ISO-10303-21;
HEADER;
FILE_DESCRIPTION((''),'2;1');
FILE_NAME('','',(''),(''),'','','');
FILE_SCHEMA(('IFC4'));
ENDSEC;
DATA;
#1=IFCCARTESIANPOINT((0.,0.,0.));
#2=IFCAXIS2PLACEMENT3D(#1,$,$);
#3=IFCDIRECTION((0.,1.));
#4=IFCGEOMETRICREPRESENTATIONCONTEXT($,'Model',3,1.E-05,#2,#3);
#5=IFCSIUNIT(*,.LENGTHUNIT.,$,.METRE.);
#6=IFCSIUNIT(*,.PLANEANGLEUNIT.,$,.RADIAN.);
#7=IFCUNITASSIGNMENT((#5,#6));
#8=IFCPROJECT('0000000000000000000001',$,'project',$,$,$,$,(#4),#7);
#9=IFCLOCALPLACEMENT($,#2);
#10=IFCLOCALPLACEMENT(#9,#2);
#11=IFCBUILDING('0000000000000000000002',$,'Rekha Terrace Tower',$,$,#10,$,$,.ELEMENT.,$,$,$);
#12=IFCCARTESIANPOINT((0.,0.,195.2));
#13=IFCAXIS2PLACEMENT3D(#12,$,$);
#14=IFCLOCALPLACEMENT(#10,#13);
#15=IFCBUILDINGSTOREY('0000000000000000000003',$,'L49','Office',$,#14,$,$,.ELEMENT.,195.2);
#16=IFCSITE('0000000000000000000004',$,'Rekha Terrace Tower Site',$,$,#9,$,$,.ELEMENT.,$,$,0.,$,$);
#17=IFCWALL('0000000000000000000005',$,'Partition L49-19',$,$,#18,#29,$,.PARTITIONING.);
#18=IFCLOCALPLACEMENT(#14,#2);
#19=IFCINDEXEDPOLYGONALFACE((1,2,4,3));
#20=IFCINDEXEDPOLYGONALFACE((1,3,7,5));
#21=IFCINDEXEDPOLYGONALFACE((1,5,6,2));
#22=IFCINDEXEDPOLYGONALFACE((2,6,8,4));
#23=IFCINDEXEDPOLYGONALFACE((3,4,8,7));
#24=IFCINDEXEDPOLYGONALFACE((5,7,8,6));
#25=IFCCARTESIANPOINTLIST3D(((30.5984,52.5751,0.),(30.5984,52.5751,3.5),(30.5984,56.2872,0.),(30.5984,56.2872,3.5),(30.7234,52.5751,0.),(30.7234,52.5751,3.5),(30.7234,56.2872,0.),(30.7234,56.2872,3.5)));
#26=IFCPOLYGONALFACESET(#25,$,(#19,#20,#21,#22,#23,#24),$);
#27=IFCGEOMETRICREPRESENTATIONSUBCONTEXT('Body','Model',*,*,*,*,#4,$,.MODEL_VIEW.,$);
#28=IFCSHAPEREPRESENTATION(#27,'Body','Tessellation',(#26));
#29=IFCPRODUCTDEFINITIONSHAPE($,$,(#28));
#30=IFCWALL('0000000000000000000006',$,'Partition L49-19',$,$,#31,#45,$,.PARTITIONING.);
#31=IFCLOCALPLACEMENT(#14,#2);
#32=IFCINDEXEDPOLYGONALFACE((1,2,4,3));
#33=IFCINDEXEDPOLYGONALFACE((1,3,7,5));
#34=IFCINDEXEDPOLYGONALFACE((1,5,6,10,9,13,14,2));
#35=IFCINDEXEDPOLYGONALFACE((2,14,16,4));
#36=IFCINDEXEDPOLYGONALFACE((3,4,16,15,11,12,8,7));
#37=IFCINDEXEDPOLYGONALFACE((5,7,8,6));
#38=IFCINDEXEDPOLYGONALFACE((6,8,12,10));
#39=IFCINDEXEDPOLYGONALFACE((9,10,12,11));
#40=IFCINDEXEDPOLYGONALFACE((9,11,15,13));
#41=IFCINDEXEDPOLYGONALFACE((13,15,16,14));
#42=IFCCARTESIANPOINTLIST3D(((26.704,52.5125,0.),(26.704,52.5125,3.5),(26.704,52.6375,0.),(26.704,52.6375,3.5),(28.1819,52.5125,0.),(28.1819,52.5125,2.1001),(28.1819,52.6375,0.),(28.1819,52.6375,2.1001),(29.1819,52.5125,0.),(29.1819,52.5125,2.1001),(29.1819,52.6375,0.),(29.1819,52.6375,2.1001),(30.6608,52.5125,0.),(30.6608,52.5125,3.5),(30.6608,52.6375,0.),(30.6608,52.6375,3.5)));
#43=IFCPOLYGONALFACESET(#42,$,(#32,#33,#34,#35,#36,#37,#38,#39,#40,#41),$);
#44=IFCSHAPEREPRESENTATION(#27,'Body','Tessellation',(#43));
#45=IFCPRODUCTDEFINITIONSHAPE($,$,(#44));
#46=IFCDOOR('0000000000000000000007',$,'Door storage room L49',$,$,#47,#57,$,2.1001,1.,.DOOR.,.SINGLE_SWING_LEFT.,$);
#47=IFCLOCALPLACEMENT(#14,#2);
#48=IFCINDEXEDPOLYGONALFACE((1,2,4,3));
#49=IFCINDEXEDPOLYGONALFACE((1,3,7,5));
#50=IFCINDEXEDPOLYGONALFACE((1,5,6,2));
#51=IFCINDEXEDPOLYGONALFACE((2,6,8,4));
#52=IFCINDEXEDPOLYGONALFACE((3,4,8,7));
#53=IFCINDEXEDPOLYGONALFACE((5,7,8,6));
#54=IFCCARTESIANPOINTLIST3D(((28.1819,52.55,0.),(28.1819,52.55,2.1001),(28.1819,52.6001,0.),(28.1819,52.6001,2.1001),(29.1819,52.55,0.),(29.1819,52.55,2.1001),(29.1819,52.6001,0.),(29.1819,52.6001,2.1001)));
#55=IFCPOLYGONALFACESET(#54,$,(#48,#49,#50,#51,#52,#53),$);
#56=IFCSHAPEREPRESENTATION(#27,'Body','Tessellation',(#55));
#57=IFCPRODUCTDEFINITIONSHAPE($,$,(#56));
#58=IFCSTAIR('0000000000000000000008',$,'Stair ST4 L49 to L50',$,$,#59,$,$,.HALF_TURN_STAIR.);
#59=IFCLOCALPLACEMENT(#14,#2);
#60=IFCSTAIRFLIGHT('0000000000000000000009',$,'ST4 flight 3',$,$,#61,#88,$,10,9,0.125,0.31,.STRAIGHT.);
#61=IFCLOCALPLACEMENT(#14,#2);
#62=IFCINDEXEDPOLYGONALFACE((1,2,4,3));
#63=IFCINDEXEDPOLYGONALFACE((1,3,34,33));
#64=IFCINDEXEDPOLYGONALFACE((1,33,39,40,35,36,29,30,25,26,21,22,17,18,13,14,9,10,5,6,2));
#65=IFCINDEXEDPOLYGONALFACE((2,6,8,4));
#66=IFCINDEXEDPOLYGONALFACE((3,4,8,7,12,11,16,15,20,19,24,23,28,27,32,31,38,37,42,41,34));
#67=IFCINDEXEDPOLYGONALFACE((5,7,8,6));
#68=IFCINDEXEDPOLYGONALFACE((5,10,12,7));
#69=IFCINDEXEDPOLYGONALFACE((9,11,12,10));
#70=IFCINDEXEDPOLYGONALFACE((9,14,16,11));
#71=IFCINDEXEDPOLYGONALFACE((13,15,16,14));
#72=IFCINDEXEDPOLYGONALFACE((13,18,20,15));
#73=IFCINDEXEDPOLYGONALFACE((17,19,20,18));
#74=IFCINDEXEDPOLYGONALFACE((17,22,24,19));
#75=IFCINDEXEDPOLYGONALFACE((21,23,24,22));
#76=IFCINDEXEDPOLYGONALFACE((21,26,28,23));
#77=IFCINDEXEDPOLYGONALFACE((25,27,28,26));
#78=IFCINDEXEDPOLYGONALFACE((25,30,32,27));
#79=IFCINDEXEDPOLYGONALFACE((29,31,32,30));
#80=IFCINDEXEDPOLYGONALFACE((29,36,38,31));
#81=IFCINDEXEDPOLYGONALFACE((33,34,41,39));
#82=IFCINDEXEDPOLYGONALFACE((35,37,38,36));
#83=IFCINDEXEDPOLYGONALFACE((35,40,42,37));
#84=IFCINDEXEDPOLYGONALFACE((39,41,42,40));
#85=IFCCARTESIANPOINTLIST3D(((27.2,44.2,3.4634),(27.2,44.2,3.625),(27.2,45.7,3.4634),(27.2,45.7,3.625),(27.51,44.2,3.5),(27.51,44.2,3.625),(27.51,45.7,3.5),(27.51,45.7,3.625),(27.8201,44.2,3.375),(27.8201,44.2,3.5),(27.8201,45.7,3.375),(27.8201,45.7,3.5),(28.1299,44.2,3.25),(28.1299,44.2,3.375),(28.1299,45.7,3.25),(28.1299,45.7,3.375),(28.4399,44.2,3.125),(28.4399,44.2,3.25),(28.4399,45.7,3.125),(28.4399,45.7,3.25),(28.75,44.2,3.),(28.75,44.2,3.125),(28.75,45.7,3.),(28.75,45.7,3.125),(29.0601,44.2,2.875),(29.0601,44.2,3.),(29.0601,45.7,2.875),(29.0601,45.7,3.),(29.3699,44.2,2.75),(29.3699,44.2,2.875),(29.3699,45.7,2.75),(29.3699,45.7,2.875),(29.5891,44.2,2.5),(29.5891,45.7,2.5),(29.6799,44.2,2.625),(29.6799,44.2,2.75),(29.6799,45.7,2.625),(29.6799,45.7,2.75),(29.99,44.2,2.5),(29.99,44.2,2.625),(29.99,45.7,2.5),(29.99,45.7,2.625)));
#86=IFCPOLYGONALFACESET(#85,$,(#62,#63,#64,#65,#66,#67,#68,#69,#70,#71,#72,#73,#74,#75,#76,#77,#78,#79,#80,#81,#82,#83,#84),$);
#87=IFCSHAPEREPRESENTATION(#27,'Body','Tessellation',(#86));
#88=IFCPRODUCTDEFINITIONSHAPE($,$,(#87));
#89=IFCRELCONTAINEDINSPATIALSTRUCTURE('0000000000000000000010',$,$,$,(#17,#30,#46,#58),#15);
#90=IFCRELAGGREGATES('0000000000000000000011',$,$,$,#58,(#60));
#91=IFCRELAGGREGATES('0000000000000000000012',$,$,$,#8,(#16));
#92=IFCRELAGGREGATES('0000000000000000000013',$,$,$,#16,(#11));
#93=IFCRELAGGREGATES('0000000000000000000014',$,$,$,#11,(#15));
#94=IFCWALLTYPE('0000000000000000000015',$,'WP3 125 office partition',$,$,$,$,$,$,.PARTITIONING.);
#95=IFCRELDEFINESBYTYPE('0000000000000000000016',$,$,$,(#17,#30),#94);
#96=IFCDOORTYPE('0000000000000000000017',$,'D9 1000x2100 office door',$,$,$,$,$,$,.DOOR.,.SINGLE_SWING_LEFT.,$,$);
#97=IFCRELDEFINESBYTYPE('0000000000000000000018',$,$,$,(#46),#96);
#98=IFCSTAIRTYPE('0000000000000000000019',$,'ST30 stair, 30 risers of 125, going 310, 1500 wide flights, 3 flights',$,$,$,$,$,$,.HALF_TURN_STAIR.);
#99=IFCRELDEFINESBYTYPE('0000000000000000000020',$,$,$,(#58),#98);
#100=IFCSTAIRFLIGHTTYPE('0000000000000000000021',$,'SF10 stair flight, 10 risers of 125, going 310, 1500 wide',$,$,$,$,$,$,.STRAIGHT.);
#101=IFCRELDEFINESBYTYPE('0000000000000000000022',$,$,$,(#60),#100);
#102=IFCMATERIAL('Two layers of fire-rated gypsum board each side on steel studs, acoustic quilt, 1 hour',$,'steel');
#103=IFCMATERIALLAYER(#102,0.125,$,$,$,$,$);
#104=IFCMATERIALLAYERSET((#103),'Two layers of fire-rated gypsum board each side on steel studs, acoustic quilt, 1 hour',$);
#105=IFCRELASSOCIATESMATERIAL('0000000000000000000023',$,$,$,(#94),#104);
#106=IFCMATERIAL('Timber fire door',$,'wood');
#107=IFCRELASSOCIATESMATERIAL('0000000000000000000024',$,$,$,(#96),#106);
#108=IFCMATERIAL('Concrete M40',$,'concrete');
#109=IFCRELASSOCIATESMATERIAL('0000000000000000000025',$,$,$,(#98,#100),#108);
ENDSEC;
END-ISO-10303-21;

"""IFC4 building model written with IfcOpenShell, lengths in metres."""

from ifc_helpers import new_model, si_unit, direction, frame, frame_2d, origin, place, context, subcontext, project, spatial, polyline, rectangle, outline, extrude, material, layer, layer_set, type_object, element, fill, aggregate, save


model = new_model("IFC4")

# Units and contexts
model_context = context("Model", 3, precision=1e-05, world=origin(), true_north=direction((0.0, 1.0)))
body_context = subcontext(model_context, "Body", "Model", "MODEL_VIEW")
ifc_project = project(units=[si_unit("LENGTHUNIT", "METRE"), si_unit("PLANEANGLEUNIT", "RADIAN")], contexts=[model_context])

# Site, building, storey
site_placement = place(None, origin())
site = spatial("IfcSite", under=ifc_project, at=site_placement, Name="Rekha Terrace Tower Site", CompositionType="ELEMENT", RefElevation=0.0)
building_placement = place(site_placement, origin())
building = spatial("IfcBuilding", under=site, at=building_placement, Name="Rekha Terrace Tower", CompositionType="ELEMENT")
storey_placement = place(building_placement, frame((0.0, 0.0, 195.2)))
storey = spatial("IfcBuildingStorey", under=building, at=storey_placement, Name="L49", Description="Office", CompositionType="ELEMENT", Elevation=195.2)

# Shared definitions
ifc_material_1 = material(Name="Two layers of fire-rated gypsum board each side on steel studs, acoustic quilt, 1 hour", Category="steel")
ifc_layer_1 = layer(ifc_material_1, 0.125)
ifc_layer_set_1 = layer_set([ifc_layer_1], Name="Two layers of fire-rated gypsum board each side on steel studs, acoustic quilt, 1 hour")
wall_type_1 = type_object("IfcWallType", Name="WP3 125 office partition", PredefinedType="PARTITIONING", material=ifc_layer_set_1)

# Shared definitions
ifc_material_2 = material(Name="Timber fire door", Category="wood")
door_type_1 = type_object("IfcDoorType", Name="D9 1000x2100 office door", OperationType="SINGLE_SWING_LEFT", PredefinedType="DOOR", material=ifc_material_2)

# Wall
wall_1_placement = place(storey_placement, frame((30.6609, 56.2871, 0.0), z_axis=(0.0, 0.0, 1.0), x_axis=(0.0, -1.0, 0.0)))
element("IfcWall", 1, at=wall_1_placement, inside=storey, type_object=wall_type_1, Name="Partition L49-19", PredefinedType="PARTITIONING", context=body_context, shape_type="SweptSolid", body=[
    extrude(rectangle(XDim=3.7122, YDim=0.125, at=frame_2d((1.856, 0.0))), origin(), (0.0, 0.0, 1.0), 3.5),
])

# Wall, opening, door
wall_2_placement = place(storey_placement, frame((30.6609, 52.575, 0.0), z_axis=(0.0, 0.0, 1.0), x_axis=(-1.0, 0.0, 0.0)))
wall_2 = element("IfcWall", 2, at=wall_2_placement, inside=storey, type_object=wall_type_1, Name="Partition L49-19", PredefinedType="PARTITIONING", context=body_context, shape_type="SweptSolid", body=[
    extrude(rectangle(XDim=3.9568, YDim=0.125, at=frame_2d((1.9785, 0.0))), origin(), (0.0, 0.0, 1.0), 3.5),
])
opening_1_placement = place(wall_2_placement, frame((1.479, 0.0, 0.0)))
opening_1 = element("IfcOpeningElement", 3, at=opening_1_placement, cuts=wall_2, PredefinedType="OPENING", context=body_context, shape_type="SweptSolid", body=[
    extrude(rectangle(XDim=1.0, YDim=2.1001, at=frame_2d((0.5, 1.05))), frame((0.0, 0.0725, 0.0), z_axis=(0.0, -1.0, 0.0), x_axis=(1.0, 0.0, 0.0)), (0.0, 0.0, 1.0), 0.145),
])
door_1_placement = place(opening_1_placement, origin())
door_1 = element("IfcDoor", 4, at=door_1_placement, inside=storey, type_object=door_type_1, Name="Door storage room L49", OperationType="SINGLE_SWING_LEFT", OverallHeight=2.1001, OverallWidth=1.0, PredefinedType="DOOR", context=body_context, shape_type="SweptSolid", body=[
    extrude(rectangle(XDim=1.0, YDim=2.1001, at=frame_2d((0.5, 1.05))), frame((0.0, 0.0249, 0.0), z_axis=(0.0, -1.0, 0.0), x_axis=(1.0, 0.0, 0.0)), (0.0, 0.0, 1.0), 0.05),
])
fill(opening_1, door_1)

# Stair, stair flight
ifc_material_3 = material(Name="Concrete M40", Category="concrete")
stair_type = type_object("IfcStairType", Name="ST30 stair, 30 risers of 125, going 310, 1500 wide flights, 3 flights", PredefinedType="HALF_TURN_STAIR", material=ifc_material_3)
stair_placement = place(storey_placement, origin())
stair = element("IfcStair", 5, at=stair_placement, inside=storey, type_object=stair_type, Name="Stair ST4 L49 to L50", PredefinedType="HALF_TURN_STAIR")
stair_flight_type = type_object("IfcStairFlightType", Name="SF10 stair flight, 10 risers of 125, going 310, 1500 wide", PredefinedType="STRAIGHT", material=ifc_material_3)
stair_flight_placement = place(storey_placement, frame((29.99, 44.95, 2.5), z_axis=(0.0, 0.0, 1.0), x_axis=(-1.0, 0.0, 0.0)))
stair_flight = element("IfcStairFlight", 6, at=stair_flight_placement, type_object=stair_flight_type, Name="ST4 flight 3", NumberOfRisers=10, NumberOfTreads=9, PredefinedType="STRAIGHT", RiserHeight=0.125, TreadLength=0.31, context=body_context, shape_type="SweptSolid", body=[
    extrude(outline(polyline([(0.0, 0.0), (0.0, 0.125), (0.3101, 0.125), (0.3101, 0.25), (0.6201, 0.25), (0.6201, 0.375), (0.9299, 0.375), (0.9299, 0.5), (1.24, 0.5), (1.24, 0.625), (1.55, 0.625), (1.55, 0.75), (1.8601, 0.75), (1.8601, 0.875), (2.1699, 0.875), (2.1699, 1.0), (2.48, 1.0), (2.48, 1.125), (2.79, 1.125), (2.79, 1.25), (2.79, 0.9634), (0.4009, 0.0), (0.0, 0.0)])), frame((0.0, 0.75, 0.0), z_axis=(0.0, -1.0, 0.0), x_axis=(1.0, 0.0, 0.0)), (0.0, 0.0, 1.0), 1.5),
])
aggregate(stair, [stair_flight])

save(model, "model.ifc")
